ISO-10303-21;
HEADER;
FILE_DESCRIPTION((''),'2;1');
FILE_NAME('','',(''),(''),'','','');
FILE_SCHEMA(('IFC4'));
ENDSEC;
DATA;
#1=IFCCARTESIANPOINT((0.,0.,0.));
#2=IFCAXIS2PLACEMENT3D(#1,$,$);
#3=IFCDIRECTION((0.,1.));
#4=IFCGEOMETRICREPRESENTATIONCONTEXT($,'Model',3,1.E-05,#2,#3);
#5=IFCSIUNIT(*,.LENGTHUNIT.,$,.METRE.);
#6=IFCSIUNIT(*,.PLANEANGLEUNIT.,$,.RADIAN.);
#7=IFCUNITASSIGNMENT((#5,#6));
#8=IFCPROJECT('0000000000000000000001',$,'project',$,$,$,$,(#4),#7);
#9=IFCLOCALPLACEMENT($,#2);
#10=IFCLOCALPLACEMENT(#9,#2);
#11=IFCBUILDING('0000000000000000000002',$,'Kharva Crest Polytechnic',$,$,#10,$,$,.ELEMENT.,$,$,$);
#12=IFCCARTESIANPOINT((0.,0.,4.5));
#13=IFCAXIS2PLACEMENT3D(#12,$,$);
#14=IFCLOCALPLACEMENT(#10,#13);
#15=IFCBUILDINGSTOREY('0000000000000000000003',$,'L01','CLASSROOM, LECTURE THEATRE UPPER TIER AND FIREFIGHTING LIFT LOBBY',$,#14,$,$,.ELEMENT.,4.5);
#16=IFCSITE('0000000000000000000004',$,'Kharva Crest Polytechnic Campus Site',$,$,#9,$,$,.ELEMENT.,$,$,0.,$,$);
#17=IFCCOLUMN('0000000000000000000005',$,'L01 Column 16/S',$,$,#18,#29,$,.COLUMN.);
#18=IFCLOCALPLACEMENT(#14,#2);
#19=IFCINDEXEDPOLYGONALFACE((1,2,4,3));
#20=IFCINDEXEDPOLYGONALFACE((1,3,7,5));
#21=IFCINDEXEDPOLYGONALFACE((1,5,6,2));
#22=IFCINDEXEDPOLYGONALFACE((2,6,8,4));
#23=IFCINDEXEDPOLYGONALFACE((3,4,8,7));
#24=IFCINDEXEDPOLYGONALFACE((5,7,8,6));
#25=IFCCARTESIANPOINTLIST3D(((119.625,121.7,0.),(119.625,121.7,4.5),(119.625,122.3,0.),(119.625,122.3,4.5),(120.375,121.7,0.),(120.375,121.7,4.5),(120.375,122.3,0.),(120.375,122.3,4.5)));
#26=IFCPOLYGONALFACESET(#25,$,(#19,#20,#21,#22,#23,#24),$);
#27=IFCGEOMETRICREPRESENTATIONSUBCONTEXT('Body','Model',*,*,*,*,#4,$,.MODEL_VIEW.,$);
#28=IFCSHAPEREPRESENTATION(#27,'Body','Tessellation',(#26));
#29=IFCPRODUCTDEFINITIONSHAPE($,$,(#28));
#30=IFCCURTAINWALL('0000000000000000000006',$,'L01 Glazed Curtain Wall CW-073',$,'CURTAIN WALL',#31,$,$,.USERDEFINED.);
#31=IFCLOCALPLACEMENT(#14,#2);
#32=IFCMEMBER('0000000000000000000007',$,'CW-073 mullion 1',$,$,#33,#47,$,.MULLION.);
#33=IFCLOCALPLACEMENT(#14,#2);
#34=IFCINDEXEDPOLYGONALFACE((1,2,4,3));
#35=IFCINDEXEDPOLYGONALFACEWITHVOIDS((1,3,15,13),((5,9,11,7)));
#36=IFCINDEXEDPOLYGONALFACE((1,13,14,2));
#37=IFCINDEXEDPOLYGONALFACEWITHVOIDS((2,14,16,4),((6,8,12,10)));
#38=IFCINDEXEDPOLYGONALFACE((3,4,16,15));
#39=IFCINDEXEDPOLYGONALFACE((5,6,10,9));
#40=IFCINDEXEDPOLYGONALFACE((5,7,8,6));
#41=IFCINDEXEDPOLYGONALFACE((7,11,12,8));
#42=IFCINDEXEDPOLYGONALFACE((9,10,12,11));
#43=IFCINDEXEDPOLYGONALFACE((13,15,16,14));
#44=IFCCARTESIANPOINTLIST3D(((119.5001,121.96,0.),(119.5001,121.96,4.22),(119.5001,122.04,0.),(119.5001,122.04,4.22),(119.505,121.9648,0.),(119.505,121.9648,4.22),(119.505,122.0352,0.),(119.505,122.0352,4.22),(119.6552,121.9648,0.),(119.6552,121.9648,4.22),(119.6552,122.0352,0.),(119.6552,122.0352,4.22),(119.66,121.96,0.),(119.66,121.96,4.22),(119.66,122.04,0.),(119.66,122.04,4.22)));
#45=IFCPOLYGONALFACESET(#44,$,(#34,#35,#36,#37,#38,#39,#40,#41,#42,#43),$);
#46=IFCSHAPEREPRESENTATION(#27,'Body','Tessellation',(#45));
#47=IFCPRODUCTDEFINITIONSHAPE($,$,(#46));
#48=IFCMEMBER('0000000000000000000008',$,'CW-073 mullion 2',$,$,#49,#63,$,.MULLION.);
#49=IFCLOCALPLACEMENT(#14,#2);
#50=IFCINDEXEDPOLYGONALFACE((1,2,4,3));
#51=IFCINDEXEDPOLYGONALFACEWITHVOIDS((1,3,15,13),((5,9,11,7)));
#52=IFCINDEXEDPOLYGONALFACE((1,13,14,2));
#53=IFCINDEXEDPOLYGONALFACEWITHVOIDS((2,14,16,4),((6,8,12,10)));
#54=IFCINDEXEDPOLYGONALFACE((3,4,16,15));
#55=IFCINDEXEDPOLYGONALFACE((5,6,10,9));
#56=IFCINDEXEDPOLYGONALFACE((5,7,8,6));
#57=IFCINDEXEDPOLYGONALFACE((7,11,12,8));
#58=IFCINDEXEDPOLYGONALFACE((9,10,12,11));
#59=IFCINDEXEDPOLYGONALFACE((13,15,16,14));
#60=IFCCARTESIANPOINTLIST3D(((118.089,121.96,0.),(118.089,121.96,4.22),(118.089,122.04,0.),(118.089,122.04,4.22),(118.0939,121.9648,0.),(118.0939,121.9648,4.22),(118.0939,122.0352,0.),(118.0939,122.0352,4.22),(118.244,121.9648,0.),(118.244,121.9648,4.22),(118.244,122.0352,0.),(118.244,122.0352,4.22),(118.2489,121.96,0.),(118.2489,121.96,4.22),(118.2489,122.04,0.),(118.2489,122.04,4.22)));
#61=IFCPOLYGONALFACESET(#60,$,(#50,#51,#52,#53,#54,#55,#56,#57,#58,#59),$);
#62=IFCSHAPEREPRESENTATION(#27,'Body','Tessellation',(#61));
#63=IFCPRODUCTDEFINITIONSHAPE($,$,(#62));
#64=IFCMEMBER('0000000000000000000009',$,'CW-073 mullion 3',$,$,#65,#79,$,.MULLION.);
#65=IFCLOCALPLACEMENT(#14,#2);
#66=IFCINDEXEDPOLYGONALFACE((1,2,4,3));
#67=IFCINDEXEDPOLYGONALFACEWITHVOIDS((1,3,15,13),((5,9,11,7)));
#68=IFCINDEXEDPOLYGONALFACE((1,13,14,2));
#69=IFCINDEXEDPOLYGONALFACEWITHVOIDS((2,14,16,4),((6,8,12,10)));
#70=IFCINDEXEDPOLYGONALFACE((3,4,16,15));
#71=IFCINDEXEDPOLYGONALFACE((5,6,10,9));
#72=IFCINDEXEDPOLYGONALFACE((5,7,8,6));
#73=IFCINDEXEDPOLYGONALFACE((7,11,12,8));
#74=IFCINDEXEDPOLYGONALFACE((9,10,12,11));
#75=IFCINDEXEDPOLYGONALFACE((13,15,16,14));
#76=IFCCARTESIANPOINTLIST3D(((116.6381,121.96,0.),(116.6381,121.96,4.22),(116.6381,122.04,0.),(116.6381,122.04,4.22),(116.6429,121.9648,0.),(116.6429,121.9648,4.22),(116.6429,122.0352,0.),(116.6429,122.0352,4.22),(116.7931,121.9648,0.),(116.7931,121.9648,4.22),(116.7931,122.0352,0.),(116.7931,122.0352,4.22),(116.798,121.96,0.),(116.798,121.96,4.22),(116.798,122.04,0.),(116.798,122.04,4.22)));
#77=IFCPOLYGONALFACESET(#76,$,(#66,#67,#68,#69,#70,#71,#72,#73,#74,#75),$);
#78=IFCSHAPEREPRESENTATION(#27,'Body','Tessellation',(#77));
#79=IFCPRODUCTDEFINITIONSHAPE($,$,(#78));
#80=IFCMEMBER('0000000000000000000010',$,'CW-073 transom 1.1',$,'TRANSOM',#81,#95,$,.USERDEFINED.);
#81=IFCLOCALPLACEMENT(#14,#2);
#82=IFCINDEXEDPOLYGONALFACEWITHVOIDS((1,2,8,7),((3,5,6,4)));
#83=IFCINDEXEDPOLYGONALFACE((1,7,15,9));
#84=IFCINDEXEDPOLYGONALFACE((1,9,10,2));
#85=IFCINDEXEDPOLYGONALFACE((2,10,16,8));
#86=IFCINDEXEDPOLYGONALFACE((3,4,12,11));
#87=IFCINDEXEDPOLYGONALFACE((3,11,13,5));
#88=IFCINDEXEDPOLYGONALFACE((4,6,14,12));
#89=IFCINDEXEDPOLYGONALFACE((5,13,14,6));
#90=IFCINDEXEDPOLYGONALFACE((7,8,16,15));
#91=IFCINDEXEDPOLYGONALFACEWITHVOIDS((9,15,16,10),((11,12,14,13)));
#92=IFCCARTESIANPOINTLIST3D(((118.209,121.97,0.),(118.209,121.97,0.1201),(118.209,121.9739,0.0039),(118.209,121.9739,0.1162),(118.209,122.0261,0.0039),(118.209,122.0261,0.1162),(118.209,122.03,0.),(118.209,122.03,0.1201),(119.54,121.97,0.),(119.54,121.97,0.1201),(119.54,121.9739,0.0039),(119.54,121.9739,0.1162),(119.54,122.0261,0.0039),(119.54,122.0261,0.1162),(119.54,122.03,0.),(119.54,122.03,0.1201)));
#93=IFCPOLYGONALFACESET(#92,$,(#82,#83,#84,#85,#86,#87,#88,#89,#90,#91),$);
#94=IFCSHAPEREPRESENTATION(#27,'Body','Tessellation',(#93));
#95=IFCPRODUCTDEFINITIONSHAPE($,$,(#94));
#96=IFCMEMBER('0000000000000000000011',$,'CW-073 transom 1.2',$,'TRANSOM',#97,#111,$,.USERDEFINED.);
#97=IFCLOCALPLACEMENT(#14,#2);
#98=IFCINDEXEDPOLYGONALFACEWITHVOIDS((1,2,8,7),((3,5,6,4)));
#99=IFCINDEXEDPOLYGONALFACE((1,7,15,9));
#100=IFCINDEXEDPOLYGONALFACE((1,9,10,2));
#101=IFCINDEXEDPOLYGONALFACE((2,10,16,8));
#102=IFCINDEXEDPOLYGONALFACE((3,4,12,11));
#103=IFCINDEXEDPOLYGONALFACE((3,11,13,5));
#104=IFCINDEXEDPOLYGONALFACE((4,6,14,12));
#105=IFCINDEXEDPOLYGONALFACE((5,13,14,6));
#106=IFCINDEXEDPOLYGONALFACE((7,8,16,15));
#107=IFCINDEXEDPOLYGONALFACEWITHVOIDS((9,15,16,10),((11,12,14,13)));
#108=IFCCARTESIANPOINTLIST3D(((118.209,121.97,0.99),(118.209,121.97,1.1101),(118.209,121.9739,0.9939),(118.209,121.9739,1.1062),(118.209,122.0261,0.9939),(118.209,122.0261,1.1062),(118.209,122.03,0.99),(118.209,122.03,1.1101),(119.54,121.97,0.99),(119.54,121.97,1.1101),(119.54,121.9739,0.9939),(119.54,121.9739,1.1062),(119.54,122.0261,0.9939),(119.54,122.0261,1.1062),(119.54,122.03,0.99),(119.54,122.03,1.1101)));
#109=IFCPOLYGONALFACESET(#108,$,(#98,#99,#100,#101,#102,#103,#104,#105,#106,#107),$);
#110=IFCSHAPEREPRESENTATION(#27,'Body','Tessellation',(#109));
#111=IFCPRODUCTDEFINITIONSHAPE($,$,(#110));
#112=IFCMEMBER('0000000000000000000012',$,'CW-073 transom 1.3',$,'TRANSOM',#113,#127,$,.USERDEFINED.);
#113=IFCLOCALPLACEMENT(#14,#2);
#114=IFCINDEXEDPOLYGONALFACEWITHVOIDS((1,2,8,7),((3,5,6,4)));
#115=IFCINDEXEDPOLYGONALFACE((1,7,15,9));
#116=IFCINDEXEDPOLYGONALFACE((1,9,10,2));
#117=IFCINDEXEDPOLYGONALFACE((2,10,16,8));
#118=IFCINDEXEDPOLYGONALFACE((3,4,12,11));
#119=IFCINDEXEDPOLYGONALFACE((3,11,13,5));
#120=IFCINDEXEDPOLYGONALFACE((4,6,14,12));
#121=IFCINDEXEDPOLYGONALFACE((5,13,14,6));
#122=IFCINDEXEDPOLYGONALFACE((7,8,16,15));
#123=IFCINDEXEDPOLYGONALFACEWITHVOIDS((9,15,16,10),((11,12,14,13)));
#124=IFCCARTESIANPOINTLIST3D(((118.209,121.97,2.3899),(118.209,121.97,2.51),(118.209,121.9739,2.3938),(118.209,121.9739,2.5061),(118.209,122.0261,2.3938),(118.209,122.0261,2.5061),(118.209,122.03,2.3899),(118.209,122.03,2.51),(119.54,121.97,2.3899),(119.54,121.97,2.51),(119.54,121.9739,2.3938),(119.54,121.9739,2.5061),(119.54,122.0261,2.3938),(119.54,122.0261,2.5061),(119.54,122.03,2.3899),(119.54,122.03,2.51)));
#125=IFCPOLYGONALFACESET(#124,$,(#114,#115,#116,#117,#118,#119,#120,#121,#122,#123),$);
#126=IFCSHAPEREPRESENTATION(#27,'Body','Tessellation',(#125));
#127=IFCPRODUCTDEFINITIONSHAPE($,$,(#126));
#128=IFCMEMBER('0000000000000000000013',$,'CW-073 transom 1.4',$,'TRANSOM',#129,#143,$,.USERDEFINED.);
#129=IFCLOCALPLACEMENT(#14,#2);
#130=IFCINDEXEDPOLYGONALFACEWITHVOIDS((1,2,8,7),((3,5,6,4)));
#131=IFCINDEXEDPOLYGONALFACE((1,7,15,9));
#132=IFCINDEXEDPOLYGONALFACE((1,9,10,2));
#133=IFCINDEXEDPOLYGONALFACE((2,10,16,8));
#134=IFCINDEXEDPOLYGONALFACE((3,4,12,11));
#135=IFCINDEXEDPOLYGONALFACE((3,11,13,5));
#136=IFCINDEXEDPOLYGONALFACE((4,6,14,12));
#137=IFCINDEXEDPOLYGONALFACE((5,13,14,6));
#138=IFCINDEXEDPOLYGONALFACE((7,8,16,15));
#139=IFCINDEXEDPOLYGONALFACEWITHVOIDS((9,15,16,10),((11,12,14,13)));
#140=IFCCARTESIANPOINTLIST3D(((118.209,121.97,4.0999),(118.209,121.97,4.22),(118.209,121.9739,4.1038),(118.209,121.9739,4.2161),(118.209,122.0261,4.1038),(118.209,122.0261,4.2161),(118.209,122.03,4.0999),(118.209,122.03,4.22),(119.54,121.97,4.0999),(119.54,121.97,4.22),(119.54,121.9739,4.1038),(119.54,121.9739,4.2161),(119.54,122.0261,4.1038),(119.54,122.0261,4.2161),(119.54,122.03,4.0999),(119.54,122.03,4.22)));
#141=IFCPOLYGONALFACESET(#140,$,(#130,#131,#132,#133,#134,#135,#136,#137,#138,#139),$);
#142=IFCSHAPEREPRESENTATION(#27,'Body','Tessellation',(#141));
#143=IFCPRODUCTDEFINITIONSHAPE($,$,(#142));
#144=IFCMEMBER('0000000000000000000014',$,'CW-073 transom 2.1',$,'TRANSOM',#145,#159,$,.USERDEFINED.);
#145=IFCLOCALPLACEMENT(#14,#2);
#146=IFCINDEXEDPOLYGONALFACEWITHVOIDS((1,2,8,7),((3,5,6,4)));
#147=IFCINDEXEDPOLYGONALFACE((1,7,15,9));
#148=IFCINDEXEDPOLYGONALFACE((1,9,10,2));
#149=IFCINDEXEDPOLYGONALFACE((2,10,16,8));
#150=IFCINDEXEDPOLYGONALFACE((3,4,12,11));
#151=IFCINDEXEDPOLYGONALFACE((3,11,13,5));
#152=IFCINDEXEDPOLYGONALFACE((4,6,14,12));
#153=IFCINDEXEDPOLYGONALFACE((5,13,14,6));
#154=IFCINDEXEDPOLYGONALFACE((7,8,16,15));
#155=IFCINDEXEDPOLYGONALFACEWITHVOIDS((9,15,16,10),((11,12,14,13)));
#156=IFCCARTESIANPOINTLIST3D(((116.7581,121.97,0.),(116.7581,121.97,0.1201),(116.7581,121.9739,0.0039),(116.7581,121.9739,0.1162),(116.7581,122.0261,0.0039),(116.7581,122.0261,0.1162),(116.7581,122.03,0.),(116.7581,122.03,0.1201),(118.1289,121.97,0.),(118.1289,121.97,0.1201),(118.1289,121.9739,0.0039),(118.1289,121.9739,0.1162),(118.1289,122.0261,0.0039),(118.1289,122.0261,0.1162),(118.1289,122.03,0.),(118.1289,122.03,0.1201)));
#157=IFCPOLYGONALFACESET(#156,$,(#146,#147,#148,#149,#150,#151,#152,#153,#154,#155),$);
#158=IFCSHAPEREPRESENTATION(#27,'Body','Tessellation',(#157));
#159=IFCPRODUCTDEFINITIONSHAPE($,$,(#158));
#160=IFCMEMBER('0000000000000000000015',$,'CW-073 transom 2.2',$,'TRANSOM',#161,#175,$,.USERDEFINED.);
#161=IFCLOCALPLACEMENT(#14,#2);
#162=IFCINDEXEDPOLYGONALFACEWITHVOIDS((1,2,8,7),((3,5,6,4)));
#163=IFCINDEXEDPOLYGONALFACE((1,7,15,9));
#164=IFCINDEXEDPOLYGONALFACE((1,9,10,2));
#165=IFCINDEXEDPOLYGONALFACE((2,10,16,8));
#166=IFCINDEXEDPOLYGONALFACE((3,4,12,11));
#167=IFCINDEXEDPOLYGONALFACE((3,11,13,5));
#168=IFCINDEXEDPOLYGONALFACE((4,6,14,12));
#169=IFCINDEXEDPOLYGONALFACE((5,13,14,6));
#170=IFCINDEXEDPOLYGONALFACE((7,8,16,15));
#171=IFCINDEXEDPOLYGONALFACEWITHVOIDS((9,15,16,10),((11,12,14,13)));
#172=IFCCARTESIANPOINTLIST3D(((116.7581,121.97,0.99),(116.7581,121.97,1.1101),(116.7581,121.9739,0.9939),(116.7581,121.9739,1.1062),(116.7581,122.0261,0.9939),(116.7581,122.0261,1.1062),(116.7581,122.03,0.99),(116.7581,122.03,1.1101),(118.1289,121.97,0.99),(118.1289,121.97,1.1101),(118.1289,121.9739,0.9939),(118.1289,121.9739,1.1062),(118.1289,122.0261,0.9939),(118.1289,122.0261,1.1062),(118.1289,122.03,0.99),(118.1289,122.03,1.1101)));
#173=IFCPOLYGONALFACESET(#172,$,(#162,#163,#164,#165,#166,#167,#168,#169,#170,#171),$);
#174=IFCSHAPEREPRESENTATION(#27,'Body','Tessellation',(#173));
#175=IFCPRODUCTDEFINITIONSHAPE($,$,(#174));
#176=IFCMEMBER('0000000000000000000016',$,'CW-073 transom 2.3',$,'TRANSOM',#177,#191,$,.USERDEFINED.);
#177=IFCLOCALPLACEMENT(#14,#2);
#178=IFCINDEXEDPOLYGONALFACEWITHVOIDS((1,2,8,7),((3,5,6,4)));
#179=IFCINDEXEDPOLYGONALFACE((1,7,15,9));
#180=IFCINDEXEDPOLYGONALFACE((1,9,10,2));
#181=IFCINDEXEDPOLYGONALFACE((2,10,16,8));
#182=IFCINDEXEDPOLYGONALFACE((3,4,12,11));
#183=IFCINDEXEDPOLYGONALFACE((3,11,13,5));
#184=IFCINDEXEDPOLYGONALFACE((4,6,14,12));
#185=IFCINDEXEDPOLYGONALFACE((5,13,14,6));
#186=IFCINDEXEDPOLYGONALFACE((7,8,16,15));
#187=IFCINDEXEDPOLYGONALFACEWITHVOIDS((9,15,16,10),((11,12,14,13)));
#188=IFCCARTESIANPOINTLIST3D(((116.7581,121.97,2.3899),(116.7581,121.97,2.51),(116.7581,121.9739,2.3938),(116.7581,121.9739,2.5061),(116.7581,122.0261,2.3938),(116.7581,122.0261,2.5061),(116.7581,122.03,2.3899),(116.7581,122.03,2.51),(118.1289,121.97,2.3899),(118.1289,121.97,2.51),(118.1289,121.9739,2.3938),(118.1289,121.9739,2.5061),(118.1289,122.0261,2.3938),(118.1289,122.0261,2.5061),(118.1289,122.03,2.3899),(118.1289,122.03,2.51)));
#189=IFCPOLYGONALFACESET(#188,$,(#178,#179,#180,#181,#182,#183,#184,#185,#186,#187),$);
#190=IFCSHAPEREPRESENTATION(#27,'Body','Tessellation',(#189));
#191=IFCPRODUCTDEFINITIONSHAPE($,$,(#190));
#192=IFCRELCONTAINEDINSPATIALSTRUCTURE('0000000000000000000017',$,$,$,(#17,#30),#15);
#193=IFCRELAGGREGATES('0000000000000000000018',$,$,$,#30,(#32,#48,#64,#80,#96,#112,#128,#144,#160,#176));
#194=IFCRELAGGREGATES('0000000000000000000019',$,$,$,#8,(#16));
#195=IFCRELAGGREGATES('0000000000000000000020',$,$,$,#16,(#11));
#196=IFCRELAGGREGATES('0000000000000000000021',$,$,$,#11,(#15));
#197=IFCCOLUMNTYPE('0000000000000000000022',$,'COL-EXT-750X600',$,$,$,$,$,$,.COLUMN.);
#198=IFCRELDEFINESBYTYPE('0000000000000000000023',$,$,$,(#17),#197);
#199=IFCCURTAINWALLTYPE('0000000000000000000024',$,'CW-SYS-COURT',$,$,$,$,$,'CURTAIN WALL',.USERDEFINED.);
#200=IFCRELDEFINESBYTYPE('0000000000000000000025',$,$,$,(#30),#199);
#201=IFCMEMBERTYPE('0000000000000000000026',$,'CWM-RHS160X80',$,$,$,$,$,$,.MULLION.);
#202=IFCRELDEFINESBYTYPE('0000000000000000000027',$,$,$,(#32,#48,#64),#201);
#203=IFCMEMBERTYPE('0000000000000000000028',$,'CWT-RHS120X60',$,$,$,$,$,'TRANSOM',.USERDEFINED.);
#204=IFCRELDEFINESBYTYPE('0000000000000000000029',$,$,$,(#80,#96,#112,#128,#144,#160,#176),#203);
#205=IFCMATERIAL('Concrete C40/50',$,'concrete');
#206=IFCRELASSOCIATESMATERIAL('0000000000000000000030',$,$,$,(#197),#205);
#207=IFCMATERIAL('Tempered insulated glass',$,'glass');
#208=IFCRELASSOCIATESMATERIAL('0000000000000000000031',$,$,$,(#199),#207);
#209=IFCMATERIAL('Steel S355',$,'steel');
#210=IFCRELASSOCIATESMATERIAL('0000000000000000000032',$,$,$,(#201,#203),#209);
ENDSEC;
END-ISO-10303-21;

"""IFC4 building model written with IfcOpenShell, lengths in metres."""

from ifc_helpers import new_model, si_unit, direction, frame, origin, origin_2d, place, context, subcontext, project, spatial, rectangle, hollow_rectangle, extrude, material, material_profile, profile_set, type_object, element, aggregate, save


model = new_model("IFC4")

# Units and contexts
model_context = context("Model", 3, precision=1e-05, world=origin(), true_north=direction((0.0, 1.0)))
body_context = subcontext(model_context, "Body", "Model", "MODEL_VIEW")
ifc_project = project(units=[si_unit("LENGTHUNIT", "METRE"), si_unit("PLANEANGLEUNIT", "RADIAN")], contexts=[model_context])

# Site, building, storey
site_placement = place(None, origin())
site = spatial("IfcSite", under=ifc_project, at=site_placement, Name="Kharva Crest Polytechnic Campus Site", CompositionType="ELEMENT", RefElevation=0.0)
building_placement = place(site_placement, origin())
building = spatial("IfcBuilding", under=site, at=building_placement, Name="Kharva Crest Polytechnic", CompositionType="ELEMENT")
storey_placement = place(building_placement, frame((0.0, 0.0, 4.5)))
storey = spatial("IfcBuildingStorey", under=building, at=storey_placement, Name="L01", Description="CLASSROOM, LECTURE THEATRE UPPER TIER AND FIREFIGHTING LIFT LOBBY", CompositionType="ELEMENT", Elevation=4.5)

# Column
ifc_material_1 = material(Name="Concrete C40/50", Category="concrete")
ifc_material_profile_1 = material_profile(ifc_material_1, rectangle(XDim=0.75, YDim=0.6001, at=origin_2d()), Name="RECT 750 X 600")
ifc_profile_set_1 = profile_set([ifc_material_profile_1], Name="Concrete C40/50")
column_type = type_object("IfcColumnType", Name="COL-EXT-750X600", PredefinedType="COLUMN", material=ifc_profile_set_1)
column_placement = place(storey_placement, frame((120.0, 122.0, 0.0), z_axis=(0.0, 0.0, 1.0), x_axis=(1.0, 0.0, 0.0)))
element("IfcColumn", 1, at=column_placement, inside=storey, type_object=column_type, Name="L01 Column 16/S", PredefinedType="COLUMN", context=body_context, shape_type="SweptSolid", body=[
    extrude(rectangle(XDim=0.75, YDim=0.6001, at=origin_2d()), origin(), (0.0, 0.0, 1.0), 4.5),
])

# Curtain wall, members
ifc_material_2 = material(Name="Tempered insulated glass", Category="glass")
curtain_wall_type = type_object("IfcCurtainWallType", Name="CW-SYS-COURT", ElementType="CURTAIN WALL", PredefinedType="USERDEFINED", material=ifc_material_2)
curtain_wall_placement = place(storey_placement, origin())
curtain_wall = element("IfcCurtainWall", 2, at=curtain_wall_placement, inside=storey, type_object=curtain_wall_type, Name="L01 Glazed Curtain Wall CW-073", ObjectType="CURTAIN WALL", PredefinedType="USERDEFINED")
ifc_material_3 = material(Name="Steel S355", Category="steel")
ifc_material_profile_2 = material_profile(ifc_material_3, hollow_rectangle(XDim=0.0801, YDim=0.1599, WallThickness=0.0049, at=origin_2d()), Name="RHS 160X80X5.0")
ifc_profile_set_2 = profile_set([ifc_material_profile_2], Name="Steel S355")
member_type_1 = type_object("IfcMemberType", Name="CWM-RHS160X80", PredefinedType="MULLION", material=ifc_profile_set_2)
member_1_placement = place(storey_placement, frame((119.5801, 122.0, 0.0), z_axis=(0.0, 0.0, 1.0), x_axis=(0.0, -1.0, 0.0)))
member_1 = element("IfcMember", 3, at=member_1_placement, type_object=member_type_1, Name="CW-073 mullion 1", PredefinedType="MULLION", context=body_context, shape_type="SweptSolid", body=[
    extrude(hollow_rectangle(XDim=0.0801, YDim=0.1599, WallThickness=0.0049, at=origin_2d()), origin(), (0.0, 0.0, 1.0), 4.22),
])
member_2_placement = place(storey_placement, frame((118.1689, 122.0, 0.0), z_axis=(0.0, 0.0, 1.0), x_axis=(0.0, -1.0, 0.0)))
member_2 = element("IfcMember", 4, at=member_2_placement, type_object=member_type_1, Name="CW-073 mullion 2", PredefinedType="MULLION", context=body_context, shape_type="SweptSolid", body=[
    extrude(hollow_rectangle(XDim=0.0801, YDim=0.1599, WallThickness=0.0049, at=origin_2d()), origin(), (0.0, 0.0, 1.0), 4.22),
])
member_3_placement = place(storey_placement, frame((116.718, 122.0, 0.0), z_axis=(0.0, 0.0, 1.0), x_axis=(0.0, -1.0, 0.0)))
member_3 = element("IfcMember", 5, at=member_3_placement, type_object=member_type_1, Name="CW-073 mullion 3", PredefinedType="MULLION", context=body_context, shape_type="SweptSolid", body=[
    extrude(hollow_rectangle(XDim=0.0801, YDim=0.1599, WallThickness=0.0049, at=origin_2d()), origin(), (0.0, 0.0, 1.0), 4.22),
])
ifc_material_profile_3 = material_profile(ifc_material_3, hollow_rectangle(XDim=0.0601, YDim=0.1201, WallThickness=0.0039, at=origin_2d()), Name="RHS 120X60X4.0")
ifc_profile_set_3 = profile_set([ifc_material_profile_3], Name="Steel S355")
member_type_2 = type_object("IfcMemberType", Name="CWT-RHS120X60", ElementType="TRANSOM", PredefinedType="USERDEFINED", material=ifc_profile_set_3)
member_4_placement = place(storey_placement, frame((119.54, 122.0, 0.0601), z_axis=(-1.0, 0.0, 0.0), x_axis=(0.0, -1.0, 0.0)))
member_4 = element("IfcMember", 6, at=member_4_placement, type_object=member_type_2, Name="CW-073 transom 1.1", ObjectType="TRANSOM", PredefinedType="USERDEFINED", context=body_context, shape_type="SweptSolid", body=[
    extrude(hollow_rectangle(XDim=0.0601, YDim=0.1201, WallThickness=0.0039, at=origin_2d()), origin(), (0.0, 0.0, 1.0), 1.3311),
])
member_5_placement = place(storey_placement, frame((119.54, 122.0, 1.05), z_axis=(-1.0, 0.0, 0.0), x_axis=(0.0, -1.0, 0.0)))
member_5 = element("IfcMember", 7, at=member_5_placement, type_object=member_type_2, Name="CW-073 transom 1.2", ObjectType="TRANSOM", PredefinedType="USERDEFINED", context=body_context, shape_type="SweptSolid", body=[
    extrude(hollow_rectangle(XDim=0.0601, YDim=0.1201, WallThickness=0.0039, at=origin_2d()), origin(), (0.0, 0.0, 1.0), 1.3311),
])
member_6_placement = place(storey_placement, frame((119.54, 122.0, 2.45), z_axis=(-1.0, 0.0, 0.0), x_axis=(0.0, -1.0, 0.0)))
member_6 = element("IfcMember", 8, at=member_6_placement, type_object=member_type_2, Name="CW-073 transom 1.3", ObjectType="TRANSOM", PredefinedType="USERDEFINED", context=body_context, shape_type="SweptSolid", body=[
    extrude(hollow_rectangle(XDim=0.0601, YDim=0.1201, WallThickness=0.0039, at=origin_2d()), origin(), (0.0, 0.0, 1.0), 1.3311),
])
member_7_placement = place(storey_placement, frame((119.54, 122.0, 4.1599), z_axis=(-1.0, 0.0, 0.0), x_axis=(0.0, -1.0, 0.0)))
member_7 = element("IfcMember", 9, at=member_7_placement, type_object=member_type_2, Name="CW-073 transom 1.4", ObjectType="TRANSOM", PredefinedType="USERDEFINED", context=body_context, shape_type="SweptSolid", body=[
    extrude(hollow_rectangle(XDim=0.0601, YDim=0.1201, WallThickness=0.0039, at=origin_2d()), origin(), (0.0, 0.0, 1.0), 1.3311),
])
member_8_placement = place(storey_placement, frame((118.1289, 122.0, 0.0601), z_axis=(-1.0, 0.0, 0.0), x_axis=(0.0, -1.0, 0.0)))
member_8 = element("IfcMember", 10, at=member_8_placement, type_object=member_type_2, Name="CW-073 transom 2.1", ObjectType="TRANSOM", PredefinedType="USERDEFINED", context=body_context, shape_type="SweptSolid", body=[
    extrude(hollow_rectangle(XDim=0.0601, YDim=0.1201, WallThickness=0.0039, at=origin_2d()), origin(), (0.0, 0.0, 1.0), 1.3708),
])
member_9_placement = place(storey_placement, frame((118.1289, 122.0, 1.05), z_axis=(-1.0, 0.0, 0.0), x_axis=(0.0, -1.0, 0.0)))
member_9 = element("IfcMember", 11, at=member_9_placement, type_object=member_type_2, Name="CW-073 transom 2.2", ObjectType="TRANSOM", PredefinedType="USERDEFINED", context=body_context, shape_type="SweptSolid", body=[
    extrude(hollow_rectangle(XDim=0.0601, YDim=0.1201, WallThickness=0.0039, at=origin_2d()), origin(), (0.0, 0.0, 1.0), 1.3708),
])
member_10_placement = place(storey_placement, frame((118.1289, 122.0, 2.45), z_axis=(-1.0, 0.0, 0.0), x_axis=(0.0, -1.0, 0.0)))
member_10 = element("IfcMember", 12, at=member_10_placement, type_object=member_type_2, Name="CW-073 transom 2.3", ObjectType="TRANSOM", PredefinedType="USERDEFINED", context=body_context, shape_type="SweptSolid", body=[
    extrude(hollow_rectangle(XDim=0.0601, YDim=0.1201, WallThickness=0.0039, at=origin_2d()), origin(), (0.0, 0.0, 1.0), 1.3708),
])

aggregate(curtain_wall, [member_1, member_2, member_3, member_4, member_5, member_6, member_7, member_8, member_9, member_10])

save(model, "model.ifc")
